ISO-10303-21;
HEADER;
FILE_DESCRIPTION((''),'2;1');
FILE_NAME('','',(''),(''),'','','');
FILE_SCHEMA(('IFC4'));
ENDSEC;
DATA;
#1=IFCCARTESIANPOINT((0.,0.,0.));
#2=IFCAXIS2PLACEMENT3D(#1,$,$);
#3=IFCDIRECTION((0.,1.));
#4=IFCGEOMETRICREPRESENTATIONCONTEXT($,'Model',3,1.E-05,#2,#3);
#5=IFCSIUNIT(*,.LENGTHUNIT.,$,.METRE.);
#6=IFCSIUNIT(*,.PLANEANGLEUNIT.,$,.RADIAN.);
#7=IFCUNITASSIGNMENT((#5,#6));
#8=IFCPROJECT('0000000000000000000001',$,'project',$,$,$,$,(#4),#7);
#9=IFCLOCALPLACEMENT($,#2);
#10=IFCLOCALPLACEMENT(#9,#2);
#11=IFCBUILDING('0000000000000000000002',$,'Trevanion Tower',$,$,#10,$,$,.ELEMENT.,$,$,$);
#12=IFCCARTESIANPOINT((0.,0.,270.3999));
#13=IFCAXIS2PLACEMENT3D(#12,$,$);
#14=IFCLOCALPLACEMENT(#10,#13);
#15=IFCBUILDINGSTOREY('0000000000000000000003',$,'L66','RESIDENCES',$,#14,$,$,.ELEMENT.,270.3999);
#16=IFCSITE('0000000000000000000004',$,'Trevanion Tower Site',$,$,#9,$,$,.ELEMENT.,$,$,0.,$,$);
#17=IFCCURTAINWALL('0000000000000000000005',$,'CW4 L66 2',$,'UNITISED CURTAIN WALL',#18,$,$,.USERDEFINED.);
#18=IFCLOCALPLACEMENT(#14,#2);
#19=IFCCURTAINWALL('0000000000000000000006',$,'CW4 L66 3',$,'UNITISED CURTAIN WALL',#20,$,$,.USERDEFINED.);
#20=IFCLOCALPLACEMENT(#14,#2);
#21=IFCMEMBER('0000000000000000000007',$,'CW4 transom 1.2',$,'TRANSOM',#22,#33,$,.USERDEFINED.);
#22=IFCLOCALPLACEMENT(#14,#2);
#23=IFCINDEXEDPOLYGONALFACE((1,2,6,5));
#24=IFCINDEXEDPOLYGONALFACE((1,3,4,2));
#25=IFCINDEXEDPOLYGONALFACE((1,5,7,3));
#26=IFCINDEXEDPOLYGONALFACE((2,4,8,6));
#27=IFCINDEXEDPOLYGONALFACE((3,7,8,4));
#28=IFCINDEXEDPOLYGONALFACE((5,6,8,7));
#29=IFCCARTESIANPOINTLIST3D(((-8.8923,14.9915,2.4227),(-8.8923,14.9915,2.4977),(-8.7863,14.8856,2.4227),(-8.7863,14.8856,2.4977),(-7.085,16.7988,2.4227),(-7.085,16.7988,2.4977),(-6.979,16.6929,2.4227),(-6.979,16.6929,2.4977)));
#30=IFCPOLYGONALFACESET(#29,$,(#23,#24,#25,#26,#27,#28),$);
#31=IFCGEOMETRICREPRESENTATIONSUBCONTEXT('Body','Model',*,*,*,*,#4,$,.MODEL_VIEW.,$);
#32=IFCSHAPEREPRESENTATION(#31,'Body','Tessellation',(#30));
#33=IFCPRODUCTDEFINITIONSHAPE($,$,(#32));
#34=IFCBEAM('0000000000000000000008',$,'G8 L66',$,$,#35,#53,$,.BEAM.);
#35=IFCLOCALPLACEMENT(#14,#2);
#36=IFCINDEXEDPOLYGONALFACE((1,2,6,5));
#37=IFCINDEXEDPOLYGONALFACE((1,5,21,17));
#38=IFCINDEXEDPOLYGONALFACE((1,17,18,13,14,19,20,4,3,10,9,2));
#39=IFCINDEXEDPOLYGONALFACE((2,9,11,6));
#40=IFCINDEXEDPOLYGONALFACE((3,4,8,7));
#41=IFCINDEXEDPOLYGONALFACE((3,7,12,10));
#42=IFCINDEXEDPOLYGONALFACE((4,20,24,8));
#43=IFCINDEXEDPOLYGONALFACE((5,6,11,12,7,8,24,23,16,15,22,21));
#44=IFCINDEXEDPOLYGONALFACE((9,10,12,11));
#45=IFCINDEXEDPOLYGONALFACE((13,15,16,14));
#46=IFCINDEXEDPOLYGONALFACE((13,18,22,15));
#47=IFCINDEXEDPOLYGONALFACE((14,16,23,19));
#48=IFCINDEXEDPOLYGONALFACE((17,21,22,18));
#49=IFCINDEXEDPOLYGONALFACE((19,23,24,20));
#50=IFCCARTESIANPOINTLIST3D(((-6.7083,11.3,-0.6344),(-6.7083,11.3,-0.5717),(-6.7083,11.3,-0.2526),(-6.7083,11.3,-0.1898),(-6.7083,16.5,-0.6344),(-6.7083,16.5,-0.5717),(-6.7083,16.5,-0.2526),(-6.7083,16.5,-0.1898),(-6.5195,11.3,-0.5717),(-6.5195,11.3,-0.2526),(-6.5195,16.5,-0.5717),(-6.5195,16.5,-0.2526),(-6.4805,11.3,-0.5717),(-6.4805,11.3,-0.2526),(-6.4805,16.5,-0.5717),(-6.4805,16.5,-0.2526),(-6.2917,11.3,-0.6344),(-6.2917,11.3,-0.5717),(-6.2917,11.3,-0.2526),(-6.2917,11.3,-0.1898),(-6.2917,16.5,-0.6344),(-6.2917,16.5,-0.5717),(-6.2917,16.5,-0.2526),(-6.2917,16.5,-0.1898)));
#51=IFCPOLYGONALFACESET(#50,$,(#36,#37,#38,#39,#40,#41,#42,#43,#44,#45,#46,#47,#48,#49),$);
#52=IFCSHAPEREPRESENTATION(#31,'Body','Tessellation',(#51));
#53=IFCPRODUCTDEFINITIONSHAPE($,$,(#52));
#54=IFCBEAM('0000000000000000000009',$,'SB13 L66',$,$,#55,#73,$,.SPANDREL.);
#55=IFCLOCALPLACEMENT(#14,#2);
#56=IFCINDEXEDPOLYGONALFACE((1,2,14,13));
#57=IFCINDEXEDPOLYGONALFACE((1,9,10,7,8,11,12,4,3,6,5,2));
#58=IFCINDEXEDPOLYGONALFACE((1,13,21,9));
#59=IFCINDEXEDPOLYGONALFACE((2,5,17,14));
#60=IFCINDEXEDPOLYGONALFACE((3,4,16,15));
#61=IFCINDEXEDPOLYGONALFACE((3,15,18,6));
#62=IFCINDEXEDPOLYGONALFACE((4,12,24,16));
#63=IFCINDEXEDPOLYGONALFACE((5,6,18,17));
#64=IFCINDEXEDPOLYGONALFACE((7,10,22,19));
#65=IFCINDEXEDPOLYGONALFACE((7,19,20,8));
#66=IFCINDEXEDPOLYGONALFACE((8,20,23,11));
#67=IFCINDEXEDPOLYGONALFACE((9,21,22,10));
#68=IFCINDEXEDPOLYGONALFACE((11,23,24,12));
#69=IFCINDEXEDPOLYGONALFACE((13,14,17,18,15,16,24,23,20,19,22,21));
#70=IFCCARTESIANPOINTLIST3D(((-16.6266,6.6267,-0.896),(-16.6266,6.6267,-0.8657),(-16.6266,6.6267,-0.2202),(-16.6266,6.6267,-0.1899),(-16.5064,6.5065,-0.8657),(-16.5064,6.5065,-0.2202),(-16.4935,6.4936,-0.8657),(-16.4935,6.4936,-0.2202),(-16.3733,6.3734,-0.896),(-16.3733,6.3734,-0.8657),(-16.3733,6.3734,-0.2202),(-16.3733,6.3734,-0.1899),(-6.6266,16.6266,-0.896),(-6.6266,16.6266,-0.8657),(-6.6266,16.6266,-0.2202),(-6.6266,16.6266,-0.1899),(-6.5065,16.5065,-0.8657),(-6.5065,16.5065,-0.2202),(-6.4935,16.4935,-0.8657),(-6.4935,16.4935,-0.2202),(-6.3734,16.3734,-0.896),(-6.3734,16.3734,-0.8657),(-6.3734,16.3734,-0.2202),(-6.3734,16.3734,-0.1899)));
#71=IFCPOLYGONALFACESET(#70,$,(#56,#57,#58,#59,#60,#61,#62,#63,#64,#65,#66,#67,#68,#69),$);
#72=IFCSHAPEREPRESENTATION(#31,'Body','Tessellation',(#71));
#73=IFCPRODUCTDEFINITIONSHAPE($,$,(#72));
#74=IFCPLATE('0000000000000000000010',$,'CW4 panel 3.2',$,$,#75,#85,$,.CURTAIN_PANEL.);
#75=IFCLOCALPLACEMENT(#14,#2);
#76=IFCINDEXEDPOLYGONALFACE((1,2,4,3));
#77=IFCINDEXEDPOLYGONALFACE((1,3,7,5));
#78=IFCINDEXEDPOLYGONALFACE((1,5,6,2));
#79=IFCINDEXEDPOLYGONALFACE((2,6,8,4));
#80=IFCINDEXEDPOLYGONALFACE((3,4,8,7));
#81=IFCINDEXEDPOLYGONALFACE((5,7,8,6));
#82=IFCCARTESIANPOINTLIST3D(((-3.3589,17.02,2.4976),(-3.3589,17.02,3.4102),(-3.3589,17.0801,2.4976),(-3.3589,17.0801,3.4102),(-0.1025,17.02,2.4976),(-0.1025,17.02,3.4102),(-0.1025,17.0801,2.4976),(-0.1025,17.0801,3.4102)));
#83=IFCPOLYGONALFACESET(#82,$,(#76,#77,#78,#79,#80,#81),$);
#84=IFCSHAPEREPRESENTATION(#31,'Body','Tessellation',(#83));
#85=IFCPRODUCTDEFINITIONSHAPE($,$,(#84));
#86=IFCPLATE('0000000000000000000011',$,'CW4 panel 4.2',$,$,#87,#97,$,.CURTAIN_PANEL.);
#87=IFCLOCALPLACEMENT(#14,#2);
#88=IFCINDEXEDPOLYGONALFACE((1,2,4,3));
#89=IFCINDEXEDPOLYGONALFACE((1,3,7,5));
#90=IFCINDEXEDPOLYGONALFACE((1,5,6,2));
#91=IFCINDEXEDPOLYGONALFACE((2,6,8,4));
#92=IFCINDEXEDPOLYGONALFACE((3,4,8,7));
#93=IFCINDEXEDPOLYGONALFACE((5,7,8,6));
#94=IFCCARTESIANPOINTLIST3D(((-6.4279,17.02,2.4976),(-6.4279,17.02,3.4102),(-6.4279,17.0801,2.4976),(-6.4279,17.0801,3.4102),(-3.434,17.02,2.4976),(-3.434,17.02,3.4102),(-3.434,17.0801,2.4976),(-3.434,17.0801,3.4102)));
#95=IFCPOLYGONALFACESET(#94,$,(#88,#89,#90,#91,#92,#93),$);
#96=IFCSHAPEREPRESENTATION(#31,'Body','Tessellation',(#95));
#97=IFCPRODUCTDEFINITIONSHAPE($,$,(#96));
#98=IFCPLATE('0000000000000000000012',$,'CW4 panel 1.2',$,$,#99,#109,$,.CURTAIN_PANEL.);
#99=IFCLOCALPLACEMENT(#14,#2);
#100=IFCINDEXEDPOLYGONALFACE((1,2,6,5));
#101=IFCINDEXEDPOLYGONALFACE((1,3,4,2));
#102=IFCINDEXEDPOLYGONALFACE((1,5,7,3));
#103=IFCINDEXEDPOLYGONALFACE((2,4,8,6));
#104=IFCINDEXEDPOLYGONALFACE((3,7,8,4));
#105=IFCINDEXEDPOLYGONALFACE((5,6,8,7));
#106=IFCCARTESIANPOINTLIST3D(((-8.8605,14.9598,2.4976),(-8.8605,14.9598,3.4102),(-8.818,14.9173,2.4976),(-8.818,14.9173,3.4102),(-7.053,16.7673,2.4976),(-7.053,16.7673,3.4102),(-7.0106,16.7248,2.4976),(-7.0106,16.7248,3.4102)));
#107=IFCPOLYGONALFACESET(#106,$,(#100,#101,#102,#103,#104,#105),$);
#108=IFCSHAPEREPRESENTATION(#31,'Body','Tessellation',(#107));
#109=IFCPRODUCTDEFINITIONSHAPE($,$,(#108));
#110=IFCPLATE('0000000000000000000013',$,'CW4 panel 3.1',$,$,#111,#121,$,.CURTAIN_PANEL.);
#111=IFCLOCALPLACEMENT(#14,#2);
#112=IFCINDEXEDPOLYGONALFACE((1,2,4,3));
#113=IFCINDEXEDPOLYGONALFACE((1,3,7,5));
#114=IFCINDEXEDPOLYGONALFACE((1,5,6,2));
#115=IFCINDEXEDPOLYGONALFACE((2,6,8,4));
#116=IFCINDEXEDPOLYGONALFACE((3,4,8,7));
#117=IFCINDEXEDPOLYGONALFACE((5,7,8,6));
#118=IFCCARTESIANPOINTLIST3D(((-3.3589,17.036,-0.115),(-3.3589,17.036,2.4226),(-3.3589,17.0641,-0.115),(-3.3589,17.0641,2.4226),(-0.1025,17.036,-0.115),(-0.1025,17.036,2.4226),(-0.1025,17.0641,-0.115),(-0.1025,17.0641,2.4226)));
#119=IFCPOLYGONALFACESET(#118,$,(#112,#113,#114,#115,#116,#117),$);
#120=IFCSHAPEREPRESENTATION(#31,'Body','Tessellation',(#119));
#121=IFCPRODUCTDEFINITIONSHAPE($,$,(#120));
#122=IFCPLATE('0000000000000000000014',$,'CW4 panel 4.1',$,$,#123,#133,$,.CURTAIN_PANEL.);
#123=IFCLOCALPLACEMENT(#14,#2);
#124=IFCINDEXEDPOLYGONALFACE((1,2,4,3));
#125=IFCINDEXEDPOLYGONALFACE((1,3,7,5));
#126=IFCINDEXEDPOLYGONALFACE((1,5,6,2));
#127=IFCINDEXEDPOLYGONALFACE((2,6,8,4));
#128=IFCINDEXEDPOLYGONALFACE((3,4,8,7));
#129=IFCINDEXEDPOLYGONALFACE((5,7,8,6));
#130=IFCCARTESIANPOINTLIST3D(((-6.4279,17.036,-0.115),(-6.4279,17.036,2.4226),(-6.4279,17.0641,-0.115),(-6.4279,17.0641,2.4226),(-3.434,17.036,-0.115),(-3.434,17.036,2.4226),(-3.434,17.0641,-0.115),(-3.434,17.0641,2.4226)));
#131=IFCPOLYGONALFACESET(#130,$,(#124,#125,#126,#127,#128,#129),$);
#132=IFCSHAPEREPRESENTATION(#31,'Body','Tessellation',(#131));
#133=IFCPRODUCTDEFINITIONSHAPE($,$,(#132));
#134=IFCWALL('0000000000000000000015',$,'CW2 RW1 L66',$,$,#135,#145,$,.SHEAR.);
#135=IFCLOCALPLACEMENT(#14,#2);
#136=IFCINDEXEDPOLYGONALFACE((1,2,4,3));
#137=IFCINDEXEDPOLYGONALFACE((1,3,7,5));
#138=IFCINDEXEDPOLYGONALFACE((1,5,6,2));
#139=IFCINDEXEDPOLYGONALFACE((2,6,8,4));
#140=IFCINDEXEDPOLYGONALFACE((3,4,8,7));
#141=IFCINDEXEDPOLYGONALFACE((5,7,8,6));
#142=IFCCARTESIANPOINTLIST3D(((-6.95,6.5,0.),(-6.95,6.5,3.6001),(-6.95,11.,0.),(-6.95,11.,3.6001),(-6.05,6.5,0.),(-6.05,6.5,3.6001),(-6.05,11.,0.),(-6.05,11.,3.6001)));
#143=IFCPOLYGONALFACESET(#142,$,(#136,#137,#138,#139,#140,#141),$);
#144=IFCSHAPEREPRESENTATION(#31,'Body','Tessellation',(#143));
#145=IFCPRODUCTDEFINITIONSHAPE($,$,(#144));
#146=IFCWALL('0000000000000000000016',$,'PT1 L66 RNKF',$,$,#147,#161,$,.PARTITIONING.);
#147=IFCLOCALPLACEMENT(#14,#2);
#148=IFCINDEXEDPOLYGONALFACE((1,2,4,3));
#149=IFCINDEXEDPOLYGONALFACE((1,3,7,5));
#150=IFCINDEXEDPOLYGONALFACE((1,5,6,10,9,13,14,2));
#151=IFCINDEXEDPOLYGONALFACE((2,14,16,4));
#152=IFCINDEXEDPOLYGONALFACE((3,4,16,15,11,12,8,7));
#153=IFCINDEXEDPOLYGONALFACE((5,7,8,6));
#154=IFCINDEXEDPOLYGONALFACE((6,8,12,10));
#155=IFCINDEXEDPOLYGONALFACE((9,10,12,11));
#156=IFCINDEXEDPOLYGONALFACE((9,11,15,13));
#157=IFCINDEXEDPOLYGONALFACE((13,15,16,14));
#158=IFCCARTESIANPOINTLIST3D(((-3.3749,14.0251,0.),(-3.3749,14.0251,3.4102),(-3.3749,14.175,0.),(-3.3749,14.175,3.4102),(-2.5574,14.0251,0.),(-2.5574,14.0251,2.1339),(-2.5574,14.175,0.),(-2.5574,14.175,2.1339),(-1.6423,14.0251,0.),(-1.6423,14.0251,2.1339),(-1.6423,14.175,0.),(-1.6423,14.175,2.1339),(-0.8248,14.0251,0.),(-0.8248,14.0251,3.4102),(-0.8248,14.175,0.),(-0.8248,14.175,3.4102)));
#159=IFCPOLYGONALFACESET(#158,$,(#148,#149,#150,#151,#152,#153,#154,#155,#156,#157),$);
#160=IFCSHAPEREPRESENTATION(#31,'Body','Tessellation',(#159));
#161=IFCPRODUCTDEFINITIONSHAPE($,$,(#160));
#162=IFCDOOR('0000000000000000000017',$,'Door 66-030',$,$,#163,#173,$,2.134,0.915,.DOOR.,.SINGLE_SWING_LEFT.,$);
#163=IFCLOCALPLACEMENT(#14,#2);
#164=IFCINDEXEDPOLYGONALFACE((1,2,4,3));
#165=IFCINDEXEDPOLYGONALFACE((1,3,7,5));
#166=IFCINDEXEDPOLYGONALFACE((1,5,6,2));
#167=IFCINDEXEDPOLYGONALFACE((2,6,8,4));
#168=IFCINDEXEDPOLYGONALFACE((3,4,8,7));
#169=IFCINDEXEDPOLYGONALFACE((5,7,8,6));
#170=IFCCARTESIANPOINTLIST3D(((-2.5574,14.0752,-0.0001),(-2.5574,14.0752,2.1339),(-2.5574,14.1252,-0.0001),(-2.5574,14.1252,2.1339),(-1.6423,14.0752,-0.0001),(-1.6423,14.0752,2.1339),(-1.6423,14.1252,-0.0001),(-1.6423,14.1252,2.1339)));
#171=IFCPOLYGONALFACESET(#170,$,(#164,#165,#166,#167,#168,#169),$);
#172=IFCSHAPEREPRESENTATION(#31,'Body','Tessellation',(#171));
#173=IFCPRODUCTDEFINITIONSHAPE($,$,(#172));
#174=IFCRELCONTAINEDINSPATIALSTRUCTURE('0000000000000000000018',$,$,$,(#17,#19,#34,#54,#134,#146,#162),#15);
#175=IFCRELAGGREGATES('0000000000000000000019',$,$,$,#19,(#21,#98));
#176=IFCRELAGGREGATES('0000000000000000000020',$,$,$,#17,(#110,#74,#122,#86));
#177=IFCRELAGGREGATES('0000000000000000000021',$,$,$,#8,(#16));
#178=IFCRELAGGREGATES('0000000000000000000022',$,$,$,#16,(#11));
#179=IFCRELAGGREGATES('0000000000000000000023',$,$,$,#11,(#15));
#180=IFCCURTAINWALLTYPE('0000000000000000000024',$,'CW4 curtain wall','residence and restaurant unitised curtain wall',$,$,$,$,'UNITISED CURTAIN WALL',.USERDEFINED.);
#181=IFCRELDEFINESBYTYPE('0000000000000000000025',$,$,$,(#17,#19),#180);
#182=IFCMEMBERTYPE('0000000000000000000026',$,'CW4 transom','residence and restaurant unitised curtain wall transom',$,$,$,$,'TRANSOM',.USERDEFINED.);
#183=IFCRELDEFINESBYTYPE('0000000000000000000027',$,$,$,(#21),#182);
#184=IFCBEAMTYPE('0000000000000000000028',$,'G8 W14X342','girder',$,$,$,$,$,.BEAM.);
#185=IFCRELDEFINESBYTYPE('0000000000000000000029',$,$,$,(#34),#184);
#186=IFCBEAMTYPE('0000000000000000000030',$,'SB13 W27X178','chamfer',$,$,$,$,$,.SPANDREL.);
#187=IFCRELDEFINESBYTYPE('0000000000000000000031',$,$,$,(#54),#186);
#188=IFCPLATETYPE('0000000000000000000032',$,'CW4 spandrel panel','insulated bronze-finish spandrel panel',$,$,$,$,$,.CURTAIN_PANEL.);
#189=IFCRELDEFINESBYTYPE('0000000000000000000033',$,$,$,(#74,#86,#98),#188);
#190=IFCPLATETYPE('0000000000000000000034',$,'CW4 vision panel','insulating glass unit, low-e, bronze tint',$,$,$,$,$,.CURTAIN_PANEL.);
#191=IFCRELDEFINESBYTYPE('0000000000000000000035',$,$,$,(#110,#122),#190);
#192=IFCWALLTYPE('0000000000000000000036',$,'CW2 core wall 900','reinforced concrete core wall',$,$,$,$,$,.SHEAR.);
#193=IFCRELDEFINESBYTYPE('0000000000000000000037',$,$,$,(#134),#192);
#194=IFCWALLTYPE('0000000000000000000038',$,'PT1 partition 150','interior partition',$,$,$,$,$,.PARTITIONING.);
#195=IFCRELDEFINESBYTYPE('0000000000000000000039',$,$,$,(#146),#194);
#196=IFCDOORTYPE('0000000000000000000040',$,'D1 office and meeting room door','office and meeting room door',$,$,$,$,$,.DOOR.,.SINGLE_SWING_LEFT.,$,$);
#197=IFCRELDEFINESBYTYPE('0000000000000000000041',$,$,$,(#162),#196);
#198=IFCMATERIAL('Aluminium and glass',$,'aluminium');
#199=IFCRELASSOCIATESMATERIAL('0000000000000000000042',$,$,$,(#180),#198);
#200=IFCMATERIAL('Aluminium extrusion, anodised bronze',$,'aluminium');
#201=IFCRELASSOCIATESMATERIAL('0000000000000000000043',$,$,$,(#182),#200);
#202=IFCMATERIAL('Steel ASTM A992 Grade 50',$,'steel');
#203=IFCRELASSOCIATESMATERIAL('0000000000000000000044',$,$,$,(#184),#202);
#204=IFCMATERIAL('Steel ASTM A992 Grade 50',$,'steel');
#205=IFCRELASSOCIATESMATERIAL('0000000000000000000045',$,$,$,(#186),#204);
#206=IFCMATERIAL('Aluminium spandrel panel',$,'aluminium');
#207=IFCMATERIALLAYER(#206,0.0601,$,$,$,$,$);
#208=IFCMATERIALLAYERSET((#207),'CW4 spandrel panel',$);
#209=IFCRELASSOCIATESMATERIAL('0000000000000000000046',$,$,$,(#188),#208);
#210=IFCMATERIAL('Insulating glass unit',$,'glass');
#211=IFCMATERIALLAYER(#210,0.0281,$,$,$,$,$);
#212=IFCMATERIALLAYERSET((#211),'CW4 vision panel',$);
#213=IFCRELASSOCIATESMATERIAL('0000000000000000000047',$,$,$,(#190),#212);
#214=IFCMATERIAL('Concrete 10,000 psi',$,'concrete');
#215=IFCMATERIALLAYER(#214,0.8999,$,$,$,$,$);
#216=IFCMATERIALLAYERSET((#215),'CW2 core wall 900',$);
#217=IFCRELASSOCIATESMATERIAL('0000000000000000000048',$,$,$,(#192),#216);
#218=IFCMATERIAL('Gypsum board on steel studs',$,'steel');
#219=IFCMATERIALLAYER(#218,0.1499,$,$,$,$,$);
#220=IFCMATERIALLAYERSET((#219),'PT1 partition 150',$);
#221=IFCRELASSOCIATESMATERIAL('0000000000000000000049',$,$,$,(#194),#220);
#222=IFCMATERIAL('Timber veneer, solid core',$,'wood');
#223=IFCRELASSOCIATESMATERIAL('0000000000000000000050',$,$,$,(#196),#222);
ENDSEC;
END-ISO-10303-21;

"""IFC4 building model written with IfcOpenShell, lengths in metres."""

from ifc_helpers import new_model, si_unit, direction, frame, frame_2d, origin, origin_2d, place, context, subcontext, project, spatial, rectangle, i_section, extrude, material, layer, layer_set, material_profile, profile_set, type_object, element, fill, aggregate, save


model = new_model("IFC4")

# Units and contexts
model_context = context("Model", 3, precision=1e-05, world=origin(), true_north=direction((0.0, 1.0)))
body_context = subcontext(model_context, "Body", "Model", "MODEL_VIEW")
ifc_project = project(units=[si_unit("LENGTHUNIT", "METRE"), si_unit("PLANEANGLEUNIT", "RADIAN")], contexts=[model_context])

# Site, building, storey
site_placement = place(None, origin())
site = spatial("IfcSite", under=ifc_project, at=site_placement, Name="Trevanion Tower Site", CompositionType="ELEMENT", RefElevation=0.0)
building_placement = place(site_placement, origin())
building = spatial("IfcBuilding", under=site, at=building_placement, Name="Trevanion Tower", CompositionType="ELEMENT")
storey_placement = place(building_placement, frame((0.0, 0.0, 270.3999)))
storey = spatial("IfcBuildingStorey", under=building, at=storey_placement, Name="L66", Description="RESIDENCES", CompositionType="ELEMENT", Elevation=270.3999)

# Curtain wall
ifc_material_1 = material(Name="Aluminium and glass", Category="aluminium")
curtain_wall_type = type_object("IfcCurtainWallType", Name="CW4 curtain wall", Description="residence and restaurant unitised curtain wall", ElementType="UNITISED CURTAIN WALL", PredefinedType="USERDEFINED", material=ifc_material_1)
curtain_wall_1_placement = place(storey_placement, origin())
curtain_wall_1 = element("IfcCurtainWall", 1, at=curtain_wall_1_placement, inside=storey, type_object=curtain_wall_type, Name="CW4 L66 2", ObjectType="UNITISED CURTAIN WALL", PredefinedType="USERDEFINED")

# Curtain wall
curtain_wall_2_placement = place(storey_placement, origin())
curtain_wall_2 = element("IfcCurtainWall", 2, at=curtain_wall_2_placement, inside=storey, type_object=curtain_wall_type, Name="CW4 L66 3", ObjectType="UNITISED CURTAIN WALL", PredefinedType="USERDEFINED")

# Member
ifc_material_2 = material(Name="Aluminium extrusion, anodised bronze", Category="aluminium")
ifc_material_profile_1 = material_profile(ifc_material_2, rectangle(XDim=0.1499, YDim=0.075, at=origin_2d()), Name="CW4 transom")
ifc_profile_set_1 = profile_set([ifc_material_profile_1], Name="Aluminium extrusion, anodised bronze")
member_type_1 = type_object("IfcMemberType", Name="CW4 transom", Description="residence and restaurant unitised curtain wall transom", ElementType="TRANSOM", PredefinedType="USERDEFINED", material=ifc_profile_set_1)
member_1_placement = place(storey_placement, frame((-7.032, 16.7458, 2.4602), z_axis=(-0.707107, -0.707107, 0.0), x_axis=(0.707107, -0.707107, 0.0)))
member_1 = element("IfcMember", 3, at=member_1_placement, type_object=member_type_1, Name="CW4 transom 1.2", ObjectType="TRANSOM", PredefinedType="USERDEFINED", context=body_context, shape_type="SweptSolid", body=[
    extrude(rectangle(XDim=0.1499, YDim=0.075, at=origin_2d()), origin(), (0.0, 0.0, 1.0), 2.5559),
])

# Beams
ifc_material_3 = material(Name="Steel ASTM A992 Grade 50", Category="steel")
ifc_material_profile_2 = material_profile(ifc_material_3, i_section(OverallWidth=0.4165, OverallDepth=0.4446, WebThickness=0.0391, FlangeThickness=0.0627, at=origin_2d()), Name="W14X342")
ifc_profile_set_2 = profile_set([ifc_material_profile_2], Name="Steel ASTM A992 Grade 50")
beam_type_1 = type_object("IfcBeamType", Name="G8 W14X342", Description="girder", PredefinedType="BEAM", material=ifc_profile_set_2)
beam_1_placement = place(storey_placement, frame((-6.5, 11.3, -0.4121), z_axis=(0.0, 1.0, 0.0), x_axis=(-1.0, 0.0, 0.0)))
element("IfcBeam", 4, at=beam_1_placement, inside=storey, type_object=beam_type_1, Name="G8 L66", PredefinedType="BEAM", context=body_context, shape_type="SweptSolid", body=[
    extrude(i_section(OverallWidth=0.4165, OverallDepth=0.4446, WebThickness=0.0391, FlangeThickness=0.0627, at=origin_2d()), origin(), (0.0, 0.0, 1.0), 5.2),
])
ifc_material_4 = material(Name="Steel ASTM A992 Grade 50", Category="steel")
ifc_material_profile_3 = material_profile(ifc_material_4, i_section(OverallWidth=0.3582, OverallDepth=0.7061, WebThickness=0.0183, FlangeThickness=0.0303, at=origin_2d()), Name="W27X178")
ifc_profile_set_3 = profile_set([ifc_material_profile_3], Name="Steel ASTM A992 Grade 50")
beam_type_2 = type_object("IfcBeamType", Name="SB13 W27X178", Description="chamfer", PredefinedType="SPANDREL", material=ifc_profile_set_3)
beam_2_placement = place(storey_placement, frame((-6.5, 16.5, -0.543), z_axis=(-0.707107, -0.707107, 0.0), x_axis=(0.707107, -0.707107, 0.0)))
element("IfcBeam", 5, at=beam_2_placement, inside=storey, type_object=beam_type_2, Name="SB13 L66", PredefinedType="SPANDREL", context=body_context, shape_type="SweptSolid", body=[
    extrude(i_section(OverallWidth=0.3582, OverallDepth=0.7061, WebThickness=0.0183, FlangeThickness=0.0303, at=origin_2d()), origin(), (0.0, 0.0, 1.0), 14.1421),
])

# Plates
ifc_material_5 = material(Name="Aluminium spandrel panel", Category="aluminium")
ifc_layer_1 = layer(ifc_material_5, 0.0601)
ifc_layer_set_1 = layer_set([ifc_layer_1], Name="CW4 spandrel panel")
plate_type_1 = type_object("IfcPlateType", Name="CW4 spandrel panel", Description="insulated bronze-finish spandrel panel", PredefinedType="CURTAIN_PANEL", material=ifc_layer_set_1)
plate_1_placement = place(storey_placement, frame((-1.7307, 17.05, 2.4976), z_axis=(0.0, 0.0, 1.0), x_axis=(-1.0, 0.0, 0.0)))
plate_1 = element("IfcPlate", 6, at=plate_1_placement, type_object=plate_type_1, Name="CW4 panel 3.2", PredefinedType="CURTAIN_PANEL", context=body_context, shape_type="SweptSolid", body=[
    extrude(rectangle(XDim=3.2563, YDim=0.0601, at=origin_2d()), origin(), (0.0, 0.0, 1.0), 0.9126),
])
plate_2_placement = place(storey_placement, frame((-4.9309, 17.05, 2.4976), z_axis=(0.0, 0.0, 1.0), x_axis=(-1.0, 0.0, 0.0)))
plate_2 = element("IfcPlate", 7, at=plate_2_placement, type_object=plate_type_1, Name="CW4 panel 4.2", PredefinedType="CURTAIN_PANEL", context=body_context, shape_type="SweptSolid", body=[
    extrude(rectangle(XDim=2.9939, YDim=0.0601, at=origin_2d()), origin(), (0.0, 0.0, 1.0), 0.9126),
])
plate_3_placement = place(storey_placement, frame((-7.9355, 15.8423, 2.4976), z_axis=(0.0, 0.0, 1.0), x_axis=(-0.707107, -0.707107, 0.0)))
plate_3 = element("IfcPlate", 8, at=plate_3_placement, type_object=plate_type_1, Name="CW4 panel 1.2", PredefinedType="CURTAIN_PANEL", context=body_context, shape_type="SweptSolid", body=[
    extrude(rectangle(XDim=2.5562, YDim=0.0601, at=origin_2d()), origin(), (0.0, 0.0, 1.0), 0.9126),
])
aggregate(curtain_wall_2, [member_1, plate_3])
ifc_material_6 = material(Name="Insulating glass unit", Category="glass")
ifc_layer_2 = layer(ifc_material_6, 0.0281)
ifc_layer_set_2 = layer_set([ifc_layer_2], Name="CW4 vision panel")
plate_type_2 = type_object("IfcPlateType", Name="CW4 vision panel", Description="insulating glass unit, low-e, bronze tint", PredefinedType="CURTAIN_PANEL", material=ifc_layer_set_2)
plate_4_placement = place(storey_placement, frame((-1.7307, 17.05, -0.115), z_axis=(0.0, 0.0, 1.0), x_axis=(-1.0, 0.0, 0.0)))
plate_4 = element("IfcPlate", 9, at=plate_4_placement, type_object=plate_type_2, Name="CW4 panel 3.1", PredefinedType="CURTAIN_PANEL", context=body_context, shape_type="SweptSolid", body=[
    extrude(rectangle(XDim=3.2563, YDim=0.0281, at=origin_2d()), origin(), (0.0, 0.0, 1.0), 2.5376),
])
plate_5_placement = place(storey_placement, frame((-4.9309, 17.05, -0.115), z_axis=(0.0, 0.0, 1.0), x_axis=(-1.0, 0.0, 0.0)))
plate_5 = element("IfcPlate", 10, at=plate_5_placement, type_object=plate_type_2, Name="CW4 panel 4.1", PredefinedType="CURTAIN_PANEL", context=body_context, shape_type="SweptSolid", body=[
    extrude(rectangle(XDim=2.9939, YDim=0.0281, at=origin_2d()), origin(), (0.0, 0.0, 1.0), 2.5376),
])
aggregate(curtain_wall_1, [plate_4, plate_1, plate_5, plate_2])

# Wall
ifc_material_7 = material(Name="Concrete 10,000 psi", Category="concrete")
ifc_layer_3 = layer(ifc_material_7, 0.8999)
ifc_layer_set_3 = layer_set([ifc_layer_3], Name="CW2 core wall 900")
wall_type_1 = type_object("IfcWallType", Name="CW2 core wall 900", Description="reinforced concrete core wall", PredefinedType="SHEAR", material=ifc_layer_set_3)
wall_1_placement = place(storey_placement, frame((-6.5, 11.0, 0.0), z_axis=(0.0, 0.0, 1.0), x_axis=(0.0, -1.0, 0.0)))
element("IfcWall", 11, at=wall_1_placement, inside=storey, type_object=wall_type_1, Name="CW2 RW1 L66", PredefinedType="SHEAR", context=body_context, shape_type="SweptSolid", body=[
    extrude(rectangle(XDim=4.5, YDim=0.8999, at=frame_2d((2.25, 0.0))), origin(), (0.0, 0.0, 1.0), 3.6001),
])

# Wall, opening, door
ifc_material_8 = material(Name="Gypsum board on steel studs", Category="steel")
ifc_layer_4 = layer(ifc_material_8, 0.1499)
ifc_layer_set_4 = layer_set([ifc_layer_4], Name="PT1 partition 150")
wall_type_2 = type_object("IfcWallType", Name="PT1 partition 150", Description="interior partition", PredefinedType="PARTITIONING", material=ifc_layer_set_4)
wall_2_placement = place(storey_placement, frame((-0.825, 14.1001, 0.0), z_axis=(0.0, 0.0, 1.0), x_axis=(-1.0, 0.0, 0.0)))
wall_2 = element("IfcWall", 12, at=wall_2_placement, inside=storey, type_object=wall_type_2, Name="PT1 L66 RNKF", PredefinedType="PARTITIONING", context=body_context, shape_type="SweptSolid", body=[
    extrude(rectangle(XDim=2.55, YDim=0.1499, at=frame_2d((1.2749, 0.0))), origin(), (0.0, 0.0, 1.0), 3.4102),
])
opening_placement = place(wall_2_placement, frame((0.8174, 0.0, 0.0)))
opening = element("IfcOpeningElement", 13, at=opening_placement, cuts=wall_2, PredefinedType="OPENING", context=body_context, shape_type="SweptSolid", body=[
    extrude(rectangle(XDim=0.915, YDim=2.134, at=frame_2d((0.4575, 1.0669))), frame((0.0, 0.085, 0.0), z_axis=(0.0, -1.0, 0.0), x_axis=(1.0, 0.0, 0.0)), (0.0, 0.0, 1.0), 0.1699),
])
ifc_material_9 = material(Name="Timber veneer, solid core", Category="wood")
door_type = type_object("IfcDoorType", Name="D1 office and meeting room door", Description="office and meeting room door", OperationType="SINGLE_SWING_LEFT", PredefinedType="DOOR", material=ifc_material_9)
door_placement = place(opening_placement, origin())
door = element("IfcDoor", 14, at=door_placement, inside=storey, type_object=door_type, Name="Door 66-030", OperationType="SINGLE_SWING_LEFT", OverallHeight=2.134, OverallWidth=0.915, PredefinedType="DOOR", context=body_context, shape_type="SweptSolid", body=[
    extrude(rectangle(XDim=0.915, YDim=2.134, at=frame_2d((0.4575, 1.0669))), frame((0.0, 0.0249, 0.0), z_axis=(0.0, -1.0, 0.0), x_axis=(1.0, 0.0, 0.0)), (0.0, 0.0, 1.0), 0.05),
])
fill(opening, door)

save(model, "model.ifc")
